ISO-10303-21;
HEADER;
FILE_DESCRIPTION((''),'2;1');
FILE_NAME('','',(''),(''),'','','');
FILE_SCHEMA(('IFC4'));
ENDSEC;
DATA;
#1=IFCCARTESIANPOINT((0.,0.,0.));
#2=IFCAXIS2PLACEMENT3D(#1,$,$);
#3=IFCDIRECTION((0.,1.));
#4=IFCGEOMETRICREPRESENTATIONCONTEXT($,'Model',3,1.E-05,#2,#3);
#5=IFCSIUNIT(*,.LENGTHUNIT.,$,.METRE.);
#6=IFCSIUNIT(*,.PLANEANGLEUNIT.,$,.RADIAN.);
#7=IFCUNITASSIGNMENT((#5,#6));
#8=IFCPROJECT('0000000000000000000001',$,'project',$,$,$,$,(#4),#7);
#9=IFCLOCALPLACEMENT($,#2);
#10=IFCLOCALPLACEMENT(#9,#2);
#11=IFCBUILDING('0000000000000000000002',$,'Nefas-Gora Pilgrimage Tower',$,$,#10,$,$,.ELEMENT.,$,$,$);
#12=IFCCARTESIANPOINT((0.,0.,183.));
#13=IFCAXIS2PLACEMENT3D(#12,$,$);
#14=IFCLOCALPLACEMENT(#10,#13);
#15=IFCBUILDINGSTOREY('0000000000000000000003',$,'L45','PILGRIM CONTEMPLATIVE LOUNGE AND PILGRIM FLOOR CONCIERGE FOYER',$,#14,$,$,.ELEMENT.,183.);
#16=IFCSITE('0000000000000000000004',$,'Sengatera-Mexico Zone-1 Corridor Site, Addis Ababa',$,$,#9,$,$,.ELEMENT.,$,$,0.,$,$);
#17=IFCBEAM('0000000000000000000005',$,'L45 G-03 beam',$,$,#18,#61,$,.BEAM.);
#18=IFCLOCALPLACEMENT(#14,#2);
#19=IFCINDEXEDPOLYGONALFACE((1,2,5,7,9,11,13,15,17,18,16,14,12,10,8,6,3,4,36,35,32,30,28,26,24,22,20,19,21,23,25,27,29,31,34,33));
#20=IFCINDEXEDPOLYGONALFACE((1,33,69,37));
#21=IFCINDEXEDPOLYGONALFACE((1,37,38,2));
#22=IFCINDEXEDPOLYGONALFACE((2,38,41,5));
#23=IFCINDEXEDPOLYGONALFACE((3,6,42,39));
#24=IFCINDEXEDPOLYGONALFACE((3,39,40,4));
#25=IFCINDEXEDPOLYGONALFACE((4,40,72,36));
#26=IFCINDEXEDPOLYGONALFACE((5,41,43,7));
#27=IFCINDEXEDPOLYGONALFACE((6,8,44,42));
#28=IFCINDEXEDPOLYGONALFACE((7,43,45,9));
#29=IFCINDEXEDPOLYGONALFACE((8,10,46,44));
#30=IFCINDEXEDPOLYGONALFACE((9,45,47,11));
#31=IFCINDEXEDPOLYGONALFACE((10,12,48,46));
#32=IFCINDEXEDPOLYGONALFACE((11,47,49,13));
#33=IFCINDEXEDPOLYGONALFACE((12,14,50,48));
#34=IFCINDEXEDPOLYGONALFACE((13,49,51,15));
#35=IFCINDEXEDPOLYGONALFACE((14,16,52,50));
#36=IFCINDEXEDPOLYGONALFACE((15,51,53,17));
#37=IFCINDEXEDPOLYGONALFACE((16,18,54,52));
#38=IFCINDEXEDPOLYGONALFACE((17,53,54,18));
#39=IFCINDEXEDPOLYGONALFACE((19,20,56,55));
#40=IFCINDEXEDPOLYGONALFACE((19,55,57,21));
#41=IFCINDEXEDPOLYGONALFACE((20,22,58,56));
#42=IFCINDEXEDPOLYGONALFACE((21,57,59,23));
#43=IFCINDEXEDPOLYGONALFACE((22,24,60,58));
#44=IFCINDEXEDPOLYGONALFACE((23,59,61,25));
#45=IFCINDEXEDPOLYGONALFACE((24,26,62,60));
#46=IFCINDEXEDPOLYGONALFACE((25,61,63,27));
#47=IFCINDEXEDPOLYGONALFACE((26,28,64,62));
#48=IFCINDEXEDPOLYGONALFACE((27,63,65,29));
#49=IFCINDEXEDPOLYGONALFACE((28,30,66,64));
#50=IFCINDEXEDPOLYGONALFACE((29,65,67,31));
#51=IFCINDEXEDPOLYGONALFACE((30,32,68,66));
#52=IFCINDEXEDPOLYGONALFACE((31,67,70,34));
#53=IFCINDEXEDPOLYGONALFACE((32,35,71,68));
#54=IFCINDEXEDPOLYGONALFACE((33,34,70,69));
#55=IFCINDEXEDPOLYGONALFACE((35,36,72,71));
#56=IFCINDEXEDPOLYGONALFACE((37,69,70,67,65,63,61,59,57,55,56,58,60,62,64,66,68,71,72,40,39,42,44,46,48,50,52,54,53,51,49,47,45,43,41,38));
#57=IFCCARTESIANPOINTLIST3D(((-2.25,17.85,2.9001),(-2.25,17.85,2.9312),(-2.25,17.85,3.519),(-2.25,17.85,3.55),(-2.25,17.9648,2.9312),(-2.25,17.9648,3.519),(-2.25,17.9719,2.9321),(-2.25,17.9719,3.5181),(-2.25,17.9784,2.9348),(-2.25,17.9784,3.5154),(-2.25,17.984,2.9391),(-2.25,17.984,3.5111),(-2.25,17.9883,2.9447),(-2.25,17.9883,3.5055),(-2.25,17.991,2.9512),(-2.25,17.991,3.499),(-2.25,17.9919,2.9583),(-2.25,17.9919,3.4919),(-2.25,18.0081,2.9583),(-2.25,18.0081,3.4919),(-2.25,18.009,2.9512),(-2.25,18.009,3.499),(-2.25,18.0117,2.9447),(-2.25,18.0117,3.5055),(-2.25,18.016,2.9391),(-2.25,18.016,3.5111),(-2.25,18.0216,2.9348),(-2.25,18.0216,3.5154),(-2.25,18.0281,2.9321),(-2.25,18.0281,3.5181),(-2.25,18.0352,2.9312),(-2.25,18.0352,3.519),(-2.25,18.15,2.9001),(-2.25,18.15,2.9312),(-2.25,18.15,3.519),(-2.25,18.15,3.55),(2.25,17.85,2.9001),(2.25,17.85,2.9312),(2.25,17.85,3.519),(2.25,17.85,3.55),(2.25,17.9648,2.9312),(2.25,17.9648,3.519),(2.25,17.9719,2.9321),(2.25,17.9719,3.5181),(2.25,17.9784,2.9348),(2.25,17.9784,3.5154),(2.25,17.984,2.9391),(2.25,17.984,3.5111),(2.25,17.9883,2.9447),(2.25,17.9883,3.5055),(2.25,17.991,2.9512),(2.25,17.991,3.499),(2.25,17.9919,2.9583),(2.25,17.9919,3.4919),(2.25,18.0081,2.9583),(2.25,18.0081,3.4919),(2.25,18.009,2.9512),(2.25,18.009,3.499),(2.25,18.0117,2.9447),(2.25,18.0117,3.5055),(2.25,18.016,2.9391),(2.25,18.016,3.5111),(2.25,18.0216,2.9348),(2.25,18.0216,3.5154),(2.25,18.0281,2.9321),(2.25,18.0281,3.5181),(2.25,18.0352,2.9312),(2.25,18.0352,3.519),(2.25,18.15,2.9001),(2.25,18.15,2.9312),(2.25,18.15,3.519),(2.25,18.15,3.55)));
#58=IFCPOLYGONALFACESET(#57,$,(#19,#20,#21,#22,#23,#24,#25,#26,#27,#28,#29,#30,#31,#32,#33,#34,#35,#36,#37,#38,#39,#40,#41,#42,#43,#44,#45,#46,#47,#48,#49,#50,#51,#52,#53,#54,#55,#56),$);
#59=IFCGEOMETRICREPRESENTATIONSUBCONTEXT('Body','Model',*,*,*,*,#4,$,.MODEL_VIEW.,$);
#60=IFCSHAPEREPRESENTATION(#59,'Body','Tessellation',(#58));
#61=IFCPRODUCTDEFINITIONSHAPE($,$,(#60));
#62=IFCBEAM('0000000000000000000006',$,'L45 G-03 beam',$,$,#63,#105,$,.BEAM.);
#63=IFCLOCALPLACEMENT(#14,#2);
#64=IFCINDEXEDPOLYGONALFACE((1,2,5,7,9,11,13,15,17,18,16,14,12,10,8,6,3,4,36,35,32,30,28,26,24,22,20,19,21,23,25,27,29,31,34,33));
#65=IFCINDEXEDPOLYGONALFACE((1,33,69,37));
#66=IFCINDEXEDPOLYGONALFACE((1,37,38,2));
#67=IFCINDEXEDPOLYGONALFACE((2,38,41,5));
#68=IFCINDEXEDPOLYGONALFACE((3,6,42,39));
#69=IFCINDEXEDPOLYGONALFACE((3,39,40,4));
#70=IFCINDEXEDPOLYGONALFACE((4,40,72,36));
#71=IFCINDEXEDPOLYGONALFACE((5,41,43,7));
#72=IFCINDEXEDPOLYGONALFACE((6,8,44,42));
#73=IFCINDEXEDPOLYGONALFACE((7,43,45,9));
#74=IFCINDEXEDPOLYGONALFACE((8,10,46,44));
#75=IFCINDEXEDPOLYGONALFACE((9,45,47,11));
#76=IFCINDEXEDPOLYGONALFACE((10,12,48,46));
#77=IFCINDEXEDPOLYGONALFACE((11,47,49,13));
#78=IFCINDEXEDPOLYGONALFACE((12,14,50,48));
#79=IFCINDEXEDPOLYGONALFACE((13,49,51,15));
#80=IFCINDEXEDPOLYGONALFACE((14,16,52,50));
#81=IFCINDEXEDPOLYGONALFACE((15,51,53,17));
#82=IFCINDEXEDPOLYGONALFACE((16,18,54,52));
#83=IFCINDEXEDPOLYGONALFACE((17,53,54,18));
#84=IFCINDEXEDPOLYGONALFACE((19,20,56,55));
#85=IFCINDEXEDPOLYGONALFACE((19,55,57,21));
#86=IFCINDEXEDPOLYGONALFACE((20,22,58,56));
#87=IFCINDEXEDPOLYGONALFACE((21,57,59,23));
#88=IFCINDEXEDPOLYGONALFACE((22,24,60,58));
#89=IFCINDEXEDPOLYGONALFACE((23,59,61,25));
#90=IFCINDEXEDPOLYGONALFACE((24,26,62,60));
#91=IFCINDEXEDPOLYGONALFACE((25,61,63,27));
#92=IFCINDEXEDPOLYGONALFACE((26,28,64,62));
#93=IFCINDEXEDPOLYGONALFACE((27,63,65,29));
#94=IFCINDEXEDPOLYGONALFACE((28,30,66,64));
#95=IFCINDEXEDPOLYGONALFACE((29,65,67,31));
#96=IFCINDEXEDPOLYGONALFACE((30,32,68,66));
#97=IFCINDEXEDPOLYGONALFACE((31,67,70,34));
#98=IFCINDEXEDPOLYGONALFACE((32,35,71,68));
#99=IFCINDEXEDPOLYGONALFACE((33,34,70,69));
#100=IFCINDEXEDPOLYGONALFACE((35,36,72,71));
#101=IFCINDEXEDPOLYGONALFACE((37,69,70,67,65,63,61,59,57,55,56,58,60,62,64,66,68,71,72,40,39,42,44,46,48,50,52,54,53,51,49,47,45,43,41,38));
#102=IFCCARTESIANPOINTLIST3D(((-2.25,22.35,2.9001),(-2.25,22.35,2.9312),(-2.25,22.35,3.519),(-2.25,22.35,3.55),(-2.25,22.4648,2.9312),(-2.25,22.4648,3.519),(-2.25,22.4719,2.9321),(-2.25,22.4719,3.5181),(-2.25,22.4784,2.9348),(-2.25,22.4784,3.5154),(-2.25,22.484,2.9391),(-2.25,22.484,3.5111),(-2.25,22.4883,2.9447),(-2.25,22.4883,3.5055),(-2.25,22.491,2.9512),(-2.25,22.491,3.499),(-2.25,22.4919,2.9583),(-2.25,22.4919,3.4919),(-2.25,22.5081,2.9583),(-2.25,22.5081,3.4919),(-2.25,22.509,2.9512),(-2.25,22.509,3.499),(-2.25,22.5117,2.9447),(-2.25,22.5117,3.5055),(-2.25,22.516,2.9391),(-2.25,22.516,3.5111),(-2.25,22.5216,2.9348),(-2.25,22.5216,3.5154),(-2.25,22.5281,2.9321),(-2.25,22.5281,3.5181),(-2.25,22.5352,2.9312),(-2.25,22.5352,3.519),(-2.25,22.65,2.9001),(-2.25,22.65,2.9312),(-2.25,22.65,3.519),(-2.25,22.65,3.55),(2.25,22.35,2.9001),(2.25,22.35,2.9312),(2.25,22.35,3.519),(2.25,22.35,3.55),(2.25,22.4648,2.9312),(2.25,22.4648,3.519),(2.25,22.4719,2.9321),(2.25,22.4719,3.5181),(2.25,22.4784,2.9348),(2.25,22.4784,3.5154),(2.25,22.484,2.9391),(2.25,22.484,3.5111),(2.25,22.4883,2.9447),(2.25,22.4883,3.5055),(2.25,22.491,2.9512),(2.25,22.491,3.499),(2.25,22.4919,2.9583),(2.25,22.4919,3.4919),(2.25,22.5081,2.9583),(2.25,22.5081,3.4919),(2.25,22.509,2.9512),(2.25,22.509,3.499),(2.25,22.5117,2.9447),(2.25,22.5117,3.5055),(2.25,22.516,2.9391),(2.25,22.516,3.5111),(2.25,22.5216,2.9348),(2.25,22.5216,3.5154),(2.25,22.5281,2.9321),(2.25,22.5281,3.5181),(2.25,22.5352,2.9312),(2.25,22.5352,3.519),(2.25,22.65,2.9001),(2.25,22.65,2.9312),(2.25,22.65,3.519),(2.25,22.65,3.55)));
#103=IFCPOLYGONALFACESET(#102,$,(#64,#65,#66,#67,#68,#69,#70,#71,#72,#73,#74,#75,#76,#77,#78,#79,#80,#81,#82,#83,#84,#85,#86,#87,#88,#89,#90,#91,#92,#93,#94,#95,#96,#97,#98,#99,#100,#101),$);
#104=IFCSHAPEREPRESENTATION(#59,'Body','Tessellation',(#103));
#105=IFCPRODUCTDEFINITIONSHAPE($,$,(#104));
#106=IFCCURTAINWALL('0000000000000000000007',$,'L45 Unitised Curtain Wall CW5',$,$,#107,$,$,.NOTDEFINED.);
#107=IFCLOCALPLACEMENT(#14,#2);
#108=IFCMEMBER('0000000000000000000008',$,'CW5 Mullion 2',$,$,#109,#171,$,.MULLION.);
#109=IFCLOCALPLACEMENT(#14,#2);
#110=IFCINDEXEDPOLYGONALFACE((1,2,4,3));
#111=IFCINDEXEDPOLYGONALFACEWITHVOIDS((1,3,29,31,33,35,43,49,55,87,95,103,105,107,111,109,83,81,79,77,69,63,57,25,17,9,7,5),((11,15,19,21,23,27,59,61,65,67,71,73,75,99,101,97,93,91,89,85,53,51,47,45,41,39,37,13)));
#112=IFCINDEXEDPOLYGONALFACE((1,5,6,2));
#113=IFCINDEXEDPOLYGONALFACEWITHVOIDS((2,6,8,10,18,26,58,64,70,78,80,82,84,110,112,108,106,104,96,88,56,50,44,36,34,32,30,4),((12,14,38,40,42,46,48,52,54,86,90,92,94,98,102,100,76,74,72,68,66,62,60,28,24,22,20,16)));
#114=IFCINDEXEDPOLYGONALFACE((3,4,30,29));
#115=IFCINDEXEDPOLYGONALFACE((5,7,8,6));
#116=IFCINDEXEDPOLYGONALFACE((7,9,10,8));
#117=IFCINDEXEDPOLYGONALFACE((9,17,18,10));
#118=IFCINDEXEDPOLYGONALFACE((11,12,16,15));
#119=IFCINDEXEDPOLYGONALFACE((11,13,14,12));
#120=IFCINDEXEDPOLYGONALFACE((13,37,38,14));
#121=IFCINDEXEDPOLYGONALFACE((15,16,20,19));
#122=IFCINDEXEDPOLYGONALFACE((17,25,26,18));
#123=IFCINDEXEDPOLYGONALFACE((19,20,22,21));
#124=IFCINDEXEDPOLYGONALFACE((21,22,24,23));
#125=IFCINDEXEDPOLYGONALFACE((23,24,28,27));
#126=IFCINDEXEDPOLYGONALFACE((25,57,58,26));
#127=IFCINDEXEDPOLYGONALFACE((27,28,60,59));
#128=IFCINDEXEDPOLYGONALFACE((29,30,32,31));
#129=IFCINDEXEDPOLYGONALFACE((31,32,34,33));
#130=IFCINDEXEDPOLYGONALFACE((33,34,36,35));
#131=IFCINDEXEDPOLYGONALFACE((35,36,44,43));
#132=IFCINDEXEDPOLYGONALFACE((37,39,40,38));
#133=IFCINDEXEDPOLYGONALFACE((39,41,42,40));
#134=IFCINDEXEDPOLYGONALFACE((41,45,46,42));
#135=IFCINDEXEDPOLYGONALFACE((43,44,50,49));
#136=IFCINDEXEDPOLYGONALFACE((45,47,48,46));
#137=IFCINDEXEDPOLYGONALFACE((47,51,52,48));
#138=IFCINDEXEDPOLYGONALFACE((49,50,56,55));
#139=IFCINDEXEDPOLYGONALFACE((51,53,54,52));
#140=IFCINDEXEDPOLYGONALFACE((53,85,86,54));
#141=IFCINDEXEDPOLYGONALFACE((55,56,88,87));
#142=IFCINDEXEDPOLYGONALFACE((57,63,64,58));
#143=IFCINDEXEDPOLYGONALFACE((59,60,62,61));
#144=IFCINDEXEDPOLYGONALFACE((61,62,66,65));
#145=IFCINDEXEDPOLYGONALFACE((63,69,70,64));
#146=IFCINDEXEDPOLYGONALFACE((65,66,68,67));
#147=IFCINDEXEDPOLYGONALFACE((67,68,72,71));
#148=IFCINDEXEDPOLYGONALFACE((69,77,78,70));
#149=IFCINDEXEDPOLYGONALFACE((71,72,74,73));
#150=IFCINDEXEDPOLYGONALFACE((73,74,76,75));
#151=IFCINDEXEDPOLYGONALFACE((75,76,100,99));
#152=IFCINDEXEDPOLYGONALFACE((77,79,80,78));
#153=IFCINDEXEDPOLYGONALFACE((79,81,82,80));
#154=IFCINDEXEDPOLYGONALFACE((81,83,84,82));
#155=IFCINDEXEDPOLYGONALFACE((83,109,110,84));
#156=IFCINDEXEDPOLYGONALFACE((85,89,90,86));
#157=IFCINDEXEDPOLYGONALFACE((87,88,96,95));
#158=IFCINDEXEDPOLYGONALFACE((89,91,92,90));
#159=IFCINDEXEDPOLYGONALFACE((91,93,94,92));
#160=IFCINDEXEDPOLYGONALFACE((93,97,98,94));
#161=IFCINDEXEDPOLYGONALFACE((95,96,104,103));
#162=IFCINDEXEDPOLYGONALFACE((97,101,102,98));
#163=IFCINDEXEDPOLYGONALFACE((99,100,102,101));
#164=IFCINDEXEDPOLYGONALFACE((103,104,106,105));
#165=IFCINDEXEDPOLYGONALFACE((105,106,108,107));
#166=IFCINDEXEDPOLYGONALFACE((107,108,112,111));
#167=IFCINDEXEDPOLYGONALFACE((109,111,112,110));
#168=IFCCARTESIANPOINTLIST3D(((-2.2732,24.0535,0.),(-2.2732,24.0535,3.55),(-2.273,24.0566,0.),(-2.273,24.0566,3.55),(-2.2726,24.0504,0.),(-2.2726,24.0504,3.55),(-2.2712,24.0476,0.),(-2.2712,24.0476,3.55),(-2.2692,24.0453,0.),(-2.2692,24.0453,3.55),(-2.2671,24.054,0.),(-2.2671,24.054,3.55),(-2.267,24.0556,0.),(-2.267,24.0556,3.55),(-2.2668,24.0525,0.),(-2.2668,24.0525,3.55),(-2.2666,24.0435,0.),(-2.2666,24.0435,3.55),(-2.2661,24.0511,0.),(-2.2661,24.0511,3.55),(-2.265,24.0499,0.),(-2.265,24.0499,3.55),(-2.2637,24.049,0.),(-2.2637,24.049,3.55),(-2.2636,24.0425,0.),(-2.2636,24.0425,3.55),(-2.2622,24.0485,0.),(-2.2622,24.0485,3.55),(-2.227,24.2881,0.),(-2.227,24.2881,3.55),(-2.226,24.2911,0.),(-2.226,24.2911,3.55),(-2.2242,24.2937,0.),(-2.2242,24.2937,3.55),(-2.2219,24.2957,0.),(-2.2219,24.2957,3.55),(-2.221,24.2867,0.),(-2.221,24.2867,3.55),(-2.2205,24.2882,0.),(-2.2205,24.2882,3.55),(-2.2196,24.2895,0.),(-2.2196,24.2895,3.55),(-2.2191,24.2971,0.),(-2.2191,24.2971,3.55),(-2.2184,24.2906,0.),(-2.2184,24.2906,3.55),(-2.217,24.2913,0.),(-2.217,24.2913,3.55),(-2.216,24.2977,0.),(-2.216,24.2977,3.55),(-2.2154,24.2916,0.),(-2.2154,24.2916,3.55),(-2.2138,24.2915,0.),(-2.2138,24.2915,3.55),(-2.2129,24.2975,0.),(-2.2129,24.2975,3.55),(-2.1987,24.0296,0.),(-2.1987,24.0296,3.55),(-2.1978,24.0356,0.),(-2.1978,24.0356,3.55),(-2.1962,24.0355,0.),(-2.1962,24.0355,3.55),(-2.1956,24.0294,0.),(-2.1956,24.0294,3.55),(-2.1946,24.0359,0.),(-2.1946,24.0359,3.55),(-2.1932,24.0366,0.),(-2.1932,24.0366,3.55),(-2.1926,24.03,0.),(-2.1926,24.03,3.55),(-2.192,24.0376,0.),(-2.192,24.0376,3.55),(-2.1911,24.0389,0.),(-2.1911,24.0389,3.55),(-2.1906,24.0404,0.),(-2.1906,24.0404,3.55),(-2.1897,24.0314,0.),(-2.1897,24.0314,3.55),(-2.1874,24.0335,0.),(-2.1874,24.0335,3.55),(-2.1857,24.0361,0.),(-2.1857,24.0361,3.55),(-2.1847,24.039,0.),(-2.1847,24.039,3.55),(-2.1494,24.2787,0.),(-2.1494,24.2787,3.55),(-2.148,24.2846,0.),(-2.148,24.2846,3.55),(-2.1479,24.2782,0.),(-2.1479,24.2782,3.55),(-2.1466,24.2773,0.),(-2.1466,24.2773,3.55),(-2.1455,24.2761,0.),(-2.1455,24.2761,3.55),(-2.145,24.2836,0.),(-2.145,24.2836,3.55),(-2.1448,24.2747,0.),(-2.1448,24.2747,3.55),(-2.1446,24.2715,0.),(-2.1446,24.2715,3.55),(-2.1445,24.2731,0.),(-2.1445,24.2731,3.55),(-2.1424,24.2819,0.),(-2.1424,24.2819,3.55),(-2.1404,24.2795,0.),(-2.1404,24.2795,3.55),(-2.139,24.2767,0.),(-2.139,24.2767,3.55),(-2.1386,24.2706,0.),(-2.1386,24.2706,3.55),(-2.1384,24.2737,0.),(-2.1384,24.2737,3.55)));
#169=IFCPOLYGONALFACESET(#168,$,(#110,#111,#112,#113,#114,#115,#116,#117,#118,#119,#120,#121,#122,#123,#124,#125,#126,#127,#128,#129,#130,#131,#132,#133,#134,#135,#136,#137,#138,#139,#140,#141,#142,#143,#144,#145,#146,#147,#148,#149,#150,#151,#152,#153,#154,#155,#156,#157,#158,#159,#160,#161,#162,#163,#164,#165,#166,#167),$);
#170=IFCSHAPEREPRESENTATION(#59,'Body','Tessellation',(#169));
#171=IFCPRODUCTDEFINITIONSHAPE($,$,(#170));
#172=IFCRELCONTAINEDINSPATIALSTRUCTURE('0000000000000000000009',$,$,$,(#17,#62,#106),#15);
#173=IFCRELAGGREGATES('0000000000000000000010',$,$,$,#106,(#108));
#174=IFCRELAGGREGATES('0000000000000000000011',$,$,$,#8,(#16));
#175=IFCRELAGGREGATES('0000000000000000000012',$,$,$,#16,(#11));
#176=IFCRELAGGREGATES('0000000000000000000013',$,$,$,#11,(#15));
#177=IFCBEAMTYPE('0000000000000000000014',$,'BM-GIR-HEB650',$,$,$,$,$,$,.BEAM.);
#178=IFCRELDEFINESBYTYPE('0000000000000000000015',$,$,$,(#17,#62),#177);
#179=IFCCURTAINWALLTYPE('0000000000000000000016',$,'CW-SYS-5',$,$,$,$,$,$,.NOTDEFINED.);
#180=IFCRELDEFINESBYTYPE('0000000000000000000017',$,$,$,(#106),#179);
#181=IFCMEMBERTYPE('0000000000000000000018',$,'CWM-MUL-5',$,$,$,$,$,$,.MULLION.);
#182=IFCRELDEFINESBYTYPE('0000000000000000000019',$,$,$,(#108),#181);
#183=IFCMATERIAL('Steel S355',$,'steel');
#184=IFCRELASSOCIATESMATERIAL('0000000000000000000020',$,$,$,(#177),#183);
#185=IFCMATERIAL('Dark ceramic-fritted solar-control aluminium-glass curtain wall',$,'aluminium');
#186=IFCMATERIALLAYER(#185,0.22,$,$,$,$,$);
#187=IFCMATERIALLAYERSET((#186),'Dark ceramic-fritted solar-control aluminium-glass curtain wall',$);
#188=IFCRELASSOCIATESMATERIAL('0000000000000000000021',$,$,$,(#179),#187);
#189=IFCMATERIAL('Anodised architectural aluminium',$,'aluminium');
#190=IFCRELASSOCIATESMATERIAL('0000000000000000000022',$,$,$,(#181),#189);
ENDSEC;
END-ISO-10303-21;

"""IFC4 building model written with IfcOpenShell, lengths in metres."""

from ifc_helpers import new_model, si_unit, direction, frame, origin, origin_2d, place, context, subcontext, project, spatial, hollow_rectangle, i_section, extrude, source, transform, mapped, material, layer, layer_set, material_profile, profile_set, type_object, element, aggregate, save


model = new_model("IFC4")

# Units and contexts
model_context = context("Model", 3, precision=1e-05, world=origin(), true_north=direction((0.0, 1.0)))
body_context = subcontext(model_context, "Body", "Model", "MODEL_VIEW")
ifc_project = project(units=[si_unit("LENGTHUNIT", "METRE"), si_unit("PLANEANGLEUNIT", "RADIAN")], contexts=[model_context])

# Site, building, storey
site_placement = place(None, origin())
site = spatial("IfcSite", under=ifc_project, at=site_placement, Name="Sengatera-Mexico Zone-1 Corridor Site, Addis Ababa", CompositionType="ELEMENT", RefElevation=0.0)
building_placement = place(site_placement, origin())
building = spatial("IfcBuilding", under=site, at=building_placement, Name="Nefas-Gora Pilgrimage Tower", CompositionType="ELEMENT")
storey_placement = place(building_placement, frame((0.0, 0.0, 183.0)))
storey = spatial("IfcBuildingStorey", under=building, at=storey_placement, Name="L45", Description="PILGRIM CONTEMPLATIVE LOUNGE AND PILGRIM FLOOR CONCIERGE FOYER", CompositionType="ELEMENT", Elevation=183.0)

# Beams
ifc_material_1 = material(Name="Steel S355", Category="steel")
ifc_material_profile_1 = material_profile(ifc_material_1, i_section(OverallWidth=0.3, OverallDepth=0.6499, WebThickness=0.0161, FlangeThickness=0.031, FilletRadius=0.0271, at=origin_2d()), Name="HEB 650")
ifc_profile_set_1 = profile_set([ifc_material_profile_1], Name="Steel S355")
beam_type = type_object("IfcBeamType", Name="BM-GIR-HEB650", PredefinedType="BEAM", material=ifc_profile_set_1)
shared_shape_1 = source(origin(), body_context, "Body", "SweptSolid", [
    extrude(i_section(OverallWidth=0.3, OverallDepth=0.6499, WebThickness=0.0161, FlangeThickness=0.031, FilletRadius=0.0271, at=origin_2d()), origin(), (0.0, 0.0, 1.0), 4.5),
])
for number, where, z_axis, x_axis, name in (
    (1, (-2.25, 18.0, 3.2251), (1.0, 0.0, 0.0), (0.0, 1.0, 0.0), "L45 G-03 beam"),
    (2, (-2.25, 22.5, 3.2251), (1.0, 0.0, 0.0), (0.0, 1.0, 0.0), "L45 G-03 beam"),
):
    element("IfcBeam", number, at=place(storey_placement, frame(where, z_axis=z_axis, x_axis=x_axis)), inside=storey, type_object=beam_type, Name=name, PredefinedType="BEAM", context=body_context, shape_type="MappedRepresentation", body=[
        mapped(shared_shape_1, transform((0.0, 0.0, 0.0), x_axis=(1.0, 0.0, 0.0), y_axis=(0.0, 1.0, 0.0), z_axis=(0.0, 0.0, 1.0), scale=1.0)),
    ])

# Curtain wall, member
ifc_material_2 = material(Name="Dark ceramic-fritted solar-control aluminium-glass curtain wall", Category="aluminium")
ifc_layer_1 = layer(ifc_material_2, 0.22)
ifc_layer_set_1 = layer_set([ifc_layer_1], Name="Dark ceramic-fritted solar-control aluminium-glass curtain wall")
curtain_wall_type = type_object("IfcCurtainWallType", Name="CW-SYS-5", PredefinedType="NOTDEFINED", material=ifc_layer_set_1)
curtain_wall_1_placement = place(storey_placement, origin())
curtain_wall_1 = element("IfcCurtainWall", 3, at=curtain_wall_1_placement, inside=storey, type_object=curtain_wall_type, Name="L45 Unitised Curtain Wall CW5", PredefinedType="NOTDEFINED")
ifc_material_3 = material(Name="Anodised architectural aluminium", Category="aluminium")
ifc_material_profile_2 = material_profile(ifc_material_3, hollow_rectangle(XDim=0.0901, YDim=0.26, WallThickness=0.0061, InnerFilletRadius=0.0061, OuterFilletRadius=0.012, at=origin_2d()), Name="ALU MULLION 90x260")
ifc_profile_set_2 = profile_set([ifc_material_profile_2], Name="Anodised architectural aluminium")
member_type_1 = type_object("IfcMemberType", Name="CWM-MUL-5", PredefinedType="MULLION", material=ifc_profile_set_2)
shared_shape_2 = source(origin(), body_context, "Body", "SweptSolid", [
    extrude(hollow_rectangle(XDim=0.0901, YDim=0.26, WallThickness=0.0061, InnerFilletRadius=0.0061, OuterFilletRadius=0.012, at=origin_2d()), origin(), (0.0, 0.0, 1.0), 3.55),
])
member_1_placement = place(storey_placement, frame((-2.2058, 24.1636, 0.0), z_axis=(0.0, 0.0, 1.0), x_axis=(-0.980783, 0.195102, 0.0)))
member_1 = element("IfcMember", 4, at=member_1_placement, type_object=member_type_1, Name="CW5 Mullion 2", PredefinedType="MULLION", context=body_context, shape_type="MappedRepresentation", body=[
    mapped(shared_shape_2, transform((0.0, 0.0, 0.0), x_axis=(1.0, 0.0, 0.0), y_axis=(0.0, 1.0, 0.0), z_axis=(0.0, 0.0, 1.0), scale=1.0)),
])
aggregate(curtain_wall_1, [member_1])

save(model, "model.ifc")
